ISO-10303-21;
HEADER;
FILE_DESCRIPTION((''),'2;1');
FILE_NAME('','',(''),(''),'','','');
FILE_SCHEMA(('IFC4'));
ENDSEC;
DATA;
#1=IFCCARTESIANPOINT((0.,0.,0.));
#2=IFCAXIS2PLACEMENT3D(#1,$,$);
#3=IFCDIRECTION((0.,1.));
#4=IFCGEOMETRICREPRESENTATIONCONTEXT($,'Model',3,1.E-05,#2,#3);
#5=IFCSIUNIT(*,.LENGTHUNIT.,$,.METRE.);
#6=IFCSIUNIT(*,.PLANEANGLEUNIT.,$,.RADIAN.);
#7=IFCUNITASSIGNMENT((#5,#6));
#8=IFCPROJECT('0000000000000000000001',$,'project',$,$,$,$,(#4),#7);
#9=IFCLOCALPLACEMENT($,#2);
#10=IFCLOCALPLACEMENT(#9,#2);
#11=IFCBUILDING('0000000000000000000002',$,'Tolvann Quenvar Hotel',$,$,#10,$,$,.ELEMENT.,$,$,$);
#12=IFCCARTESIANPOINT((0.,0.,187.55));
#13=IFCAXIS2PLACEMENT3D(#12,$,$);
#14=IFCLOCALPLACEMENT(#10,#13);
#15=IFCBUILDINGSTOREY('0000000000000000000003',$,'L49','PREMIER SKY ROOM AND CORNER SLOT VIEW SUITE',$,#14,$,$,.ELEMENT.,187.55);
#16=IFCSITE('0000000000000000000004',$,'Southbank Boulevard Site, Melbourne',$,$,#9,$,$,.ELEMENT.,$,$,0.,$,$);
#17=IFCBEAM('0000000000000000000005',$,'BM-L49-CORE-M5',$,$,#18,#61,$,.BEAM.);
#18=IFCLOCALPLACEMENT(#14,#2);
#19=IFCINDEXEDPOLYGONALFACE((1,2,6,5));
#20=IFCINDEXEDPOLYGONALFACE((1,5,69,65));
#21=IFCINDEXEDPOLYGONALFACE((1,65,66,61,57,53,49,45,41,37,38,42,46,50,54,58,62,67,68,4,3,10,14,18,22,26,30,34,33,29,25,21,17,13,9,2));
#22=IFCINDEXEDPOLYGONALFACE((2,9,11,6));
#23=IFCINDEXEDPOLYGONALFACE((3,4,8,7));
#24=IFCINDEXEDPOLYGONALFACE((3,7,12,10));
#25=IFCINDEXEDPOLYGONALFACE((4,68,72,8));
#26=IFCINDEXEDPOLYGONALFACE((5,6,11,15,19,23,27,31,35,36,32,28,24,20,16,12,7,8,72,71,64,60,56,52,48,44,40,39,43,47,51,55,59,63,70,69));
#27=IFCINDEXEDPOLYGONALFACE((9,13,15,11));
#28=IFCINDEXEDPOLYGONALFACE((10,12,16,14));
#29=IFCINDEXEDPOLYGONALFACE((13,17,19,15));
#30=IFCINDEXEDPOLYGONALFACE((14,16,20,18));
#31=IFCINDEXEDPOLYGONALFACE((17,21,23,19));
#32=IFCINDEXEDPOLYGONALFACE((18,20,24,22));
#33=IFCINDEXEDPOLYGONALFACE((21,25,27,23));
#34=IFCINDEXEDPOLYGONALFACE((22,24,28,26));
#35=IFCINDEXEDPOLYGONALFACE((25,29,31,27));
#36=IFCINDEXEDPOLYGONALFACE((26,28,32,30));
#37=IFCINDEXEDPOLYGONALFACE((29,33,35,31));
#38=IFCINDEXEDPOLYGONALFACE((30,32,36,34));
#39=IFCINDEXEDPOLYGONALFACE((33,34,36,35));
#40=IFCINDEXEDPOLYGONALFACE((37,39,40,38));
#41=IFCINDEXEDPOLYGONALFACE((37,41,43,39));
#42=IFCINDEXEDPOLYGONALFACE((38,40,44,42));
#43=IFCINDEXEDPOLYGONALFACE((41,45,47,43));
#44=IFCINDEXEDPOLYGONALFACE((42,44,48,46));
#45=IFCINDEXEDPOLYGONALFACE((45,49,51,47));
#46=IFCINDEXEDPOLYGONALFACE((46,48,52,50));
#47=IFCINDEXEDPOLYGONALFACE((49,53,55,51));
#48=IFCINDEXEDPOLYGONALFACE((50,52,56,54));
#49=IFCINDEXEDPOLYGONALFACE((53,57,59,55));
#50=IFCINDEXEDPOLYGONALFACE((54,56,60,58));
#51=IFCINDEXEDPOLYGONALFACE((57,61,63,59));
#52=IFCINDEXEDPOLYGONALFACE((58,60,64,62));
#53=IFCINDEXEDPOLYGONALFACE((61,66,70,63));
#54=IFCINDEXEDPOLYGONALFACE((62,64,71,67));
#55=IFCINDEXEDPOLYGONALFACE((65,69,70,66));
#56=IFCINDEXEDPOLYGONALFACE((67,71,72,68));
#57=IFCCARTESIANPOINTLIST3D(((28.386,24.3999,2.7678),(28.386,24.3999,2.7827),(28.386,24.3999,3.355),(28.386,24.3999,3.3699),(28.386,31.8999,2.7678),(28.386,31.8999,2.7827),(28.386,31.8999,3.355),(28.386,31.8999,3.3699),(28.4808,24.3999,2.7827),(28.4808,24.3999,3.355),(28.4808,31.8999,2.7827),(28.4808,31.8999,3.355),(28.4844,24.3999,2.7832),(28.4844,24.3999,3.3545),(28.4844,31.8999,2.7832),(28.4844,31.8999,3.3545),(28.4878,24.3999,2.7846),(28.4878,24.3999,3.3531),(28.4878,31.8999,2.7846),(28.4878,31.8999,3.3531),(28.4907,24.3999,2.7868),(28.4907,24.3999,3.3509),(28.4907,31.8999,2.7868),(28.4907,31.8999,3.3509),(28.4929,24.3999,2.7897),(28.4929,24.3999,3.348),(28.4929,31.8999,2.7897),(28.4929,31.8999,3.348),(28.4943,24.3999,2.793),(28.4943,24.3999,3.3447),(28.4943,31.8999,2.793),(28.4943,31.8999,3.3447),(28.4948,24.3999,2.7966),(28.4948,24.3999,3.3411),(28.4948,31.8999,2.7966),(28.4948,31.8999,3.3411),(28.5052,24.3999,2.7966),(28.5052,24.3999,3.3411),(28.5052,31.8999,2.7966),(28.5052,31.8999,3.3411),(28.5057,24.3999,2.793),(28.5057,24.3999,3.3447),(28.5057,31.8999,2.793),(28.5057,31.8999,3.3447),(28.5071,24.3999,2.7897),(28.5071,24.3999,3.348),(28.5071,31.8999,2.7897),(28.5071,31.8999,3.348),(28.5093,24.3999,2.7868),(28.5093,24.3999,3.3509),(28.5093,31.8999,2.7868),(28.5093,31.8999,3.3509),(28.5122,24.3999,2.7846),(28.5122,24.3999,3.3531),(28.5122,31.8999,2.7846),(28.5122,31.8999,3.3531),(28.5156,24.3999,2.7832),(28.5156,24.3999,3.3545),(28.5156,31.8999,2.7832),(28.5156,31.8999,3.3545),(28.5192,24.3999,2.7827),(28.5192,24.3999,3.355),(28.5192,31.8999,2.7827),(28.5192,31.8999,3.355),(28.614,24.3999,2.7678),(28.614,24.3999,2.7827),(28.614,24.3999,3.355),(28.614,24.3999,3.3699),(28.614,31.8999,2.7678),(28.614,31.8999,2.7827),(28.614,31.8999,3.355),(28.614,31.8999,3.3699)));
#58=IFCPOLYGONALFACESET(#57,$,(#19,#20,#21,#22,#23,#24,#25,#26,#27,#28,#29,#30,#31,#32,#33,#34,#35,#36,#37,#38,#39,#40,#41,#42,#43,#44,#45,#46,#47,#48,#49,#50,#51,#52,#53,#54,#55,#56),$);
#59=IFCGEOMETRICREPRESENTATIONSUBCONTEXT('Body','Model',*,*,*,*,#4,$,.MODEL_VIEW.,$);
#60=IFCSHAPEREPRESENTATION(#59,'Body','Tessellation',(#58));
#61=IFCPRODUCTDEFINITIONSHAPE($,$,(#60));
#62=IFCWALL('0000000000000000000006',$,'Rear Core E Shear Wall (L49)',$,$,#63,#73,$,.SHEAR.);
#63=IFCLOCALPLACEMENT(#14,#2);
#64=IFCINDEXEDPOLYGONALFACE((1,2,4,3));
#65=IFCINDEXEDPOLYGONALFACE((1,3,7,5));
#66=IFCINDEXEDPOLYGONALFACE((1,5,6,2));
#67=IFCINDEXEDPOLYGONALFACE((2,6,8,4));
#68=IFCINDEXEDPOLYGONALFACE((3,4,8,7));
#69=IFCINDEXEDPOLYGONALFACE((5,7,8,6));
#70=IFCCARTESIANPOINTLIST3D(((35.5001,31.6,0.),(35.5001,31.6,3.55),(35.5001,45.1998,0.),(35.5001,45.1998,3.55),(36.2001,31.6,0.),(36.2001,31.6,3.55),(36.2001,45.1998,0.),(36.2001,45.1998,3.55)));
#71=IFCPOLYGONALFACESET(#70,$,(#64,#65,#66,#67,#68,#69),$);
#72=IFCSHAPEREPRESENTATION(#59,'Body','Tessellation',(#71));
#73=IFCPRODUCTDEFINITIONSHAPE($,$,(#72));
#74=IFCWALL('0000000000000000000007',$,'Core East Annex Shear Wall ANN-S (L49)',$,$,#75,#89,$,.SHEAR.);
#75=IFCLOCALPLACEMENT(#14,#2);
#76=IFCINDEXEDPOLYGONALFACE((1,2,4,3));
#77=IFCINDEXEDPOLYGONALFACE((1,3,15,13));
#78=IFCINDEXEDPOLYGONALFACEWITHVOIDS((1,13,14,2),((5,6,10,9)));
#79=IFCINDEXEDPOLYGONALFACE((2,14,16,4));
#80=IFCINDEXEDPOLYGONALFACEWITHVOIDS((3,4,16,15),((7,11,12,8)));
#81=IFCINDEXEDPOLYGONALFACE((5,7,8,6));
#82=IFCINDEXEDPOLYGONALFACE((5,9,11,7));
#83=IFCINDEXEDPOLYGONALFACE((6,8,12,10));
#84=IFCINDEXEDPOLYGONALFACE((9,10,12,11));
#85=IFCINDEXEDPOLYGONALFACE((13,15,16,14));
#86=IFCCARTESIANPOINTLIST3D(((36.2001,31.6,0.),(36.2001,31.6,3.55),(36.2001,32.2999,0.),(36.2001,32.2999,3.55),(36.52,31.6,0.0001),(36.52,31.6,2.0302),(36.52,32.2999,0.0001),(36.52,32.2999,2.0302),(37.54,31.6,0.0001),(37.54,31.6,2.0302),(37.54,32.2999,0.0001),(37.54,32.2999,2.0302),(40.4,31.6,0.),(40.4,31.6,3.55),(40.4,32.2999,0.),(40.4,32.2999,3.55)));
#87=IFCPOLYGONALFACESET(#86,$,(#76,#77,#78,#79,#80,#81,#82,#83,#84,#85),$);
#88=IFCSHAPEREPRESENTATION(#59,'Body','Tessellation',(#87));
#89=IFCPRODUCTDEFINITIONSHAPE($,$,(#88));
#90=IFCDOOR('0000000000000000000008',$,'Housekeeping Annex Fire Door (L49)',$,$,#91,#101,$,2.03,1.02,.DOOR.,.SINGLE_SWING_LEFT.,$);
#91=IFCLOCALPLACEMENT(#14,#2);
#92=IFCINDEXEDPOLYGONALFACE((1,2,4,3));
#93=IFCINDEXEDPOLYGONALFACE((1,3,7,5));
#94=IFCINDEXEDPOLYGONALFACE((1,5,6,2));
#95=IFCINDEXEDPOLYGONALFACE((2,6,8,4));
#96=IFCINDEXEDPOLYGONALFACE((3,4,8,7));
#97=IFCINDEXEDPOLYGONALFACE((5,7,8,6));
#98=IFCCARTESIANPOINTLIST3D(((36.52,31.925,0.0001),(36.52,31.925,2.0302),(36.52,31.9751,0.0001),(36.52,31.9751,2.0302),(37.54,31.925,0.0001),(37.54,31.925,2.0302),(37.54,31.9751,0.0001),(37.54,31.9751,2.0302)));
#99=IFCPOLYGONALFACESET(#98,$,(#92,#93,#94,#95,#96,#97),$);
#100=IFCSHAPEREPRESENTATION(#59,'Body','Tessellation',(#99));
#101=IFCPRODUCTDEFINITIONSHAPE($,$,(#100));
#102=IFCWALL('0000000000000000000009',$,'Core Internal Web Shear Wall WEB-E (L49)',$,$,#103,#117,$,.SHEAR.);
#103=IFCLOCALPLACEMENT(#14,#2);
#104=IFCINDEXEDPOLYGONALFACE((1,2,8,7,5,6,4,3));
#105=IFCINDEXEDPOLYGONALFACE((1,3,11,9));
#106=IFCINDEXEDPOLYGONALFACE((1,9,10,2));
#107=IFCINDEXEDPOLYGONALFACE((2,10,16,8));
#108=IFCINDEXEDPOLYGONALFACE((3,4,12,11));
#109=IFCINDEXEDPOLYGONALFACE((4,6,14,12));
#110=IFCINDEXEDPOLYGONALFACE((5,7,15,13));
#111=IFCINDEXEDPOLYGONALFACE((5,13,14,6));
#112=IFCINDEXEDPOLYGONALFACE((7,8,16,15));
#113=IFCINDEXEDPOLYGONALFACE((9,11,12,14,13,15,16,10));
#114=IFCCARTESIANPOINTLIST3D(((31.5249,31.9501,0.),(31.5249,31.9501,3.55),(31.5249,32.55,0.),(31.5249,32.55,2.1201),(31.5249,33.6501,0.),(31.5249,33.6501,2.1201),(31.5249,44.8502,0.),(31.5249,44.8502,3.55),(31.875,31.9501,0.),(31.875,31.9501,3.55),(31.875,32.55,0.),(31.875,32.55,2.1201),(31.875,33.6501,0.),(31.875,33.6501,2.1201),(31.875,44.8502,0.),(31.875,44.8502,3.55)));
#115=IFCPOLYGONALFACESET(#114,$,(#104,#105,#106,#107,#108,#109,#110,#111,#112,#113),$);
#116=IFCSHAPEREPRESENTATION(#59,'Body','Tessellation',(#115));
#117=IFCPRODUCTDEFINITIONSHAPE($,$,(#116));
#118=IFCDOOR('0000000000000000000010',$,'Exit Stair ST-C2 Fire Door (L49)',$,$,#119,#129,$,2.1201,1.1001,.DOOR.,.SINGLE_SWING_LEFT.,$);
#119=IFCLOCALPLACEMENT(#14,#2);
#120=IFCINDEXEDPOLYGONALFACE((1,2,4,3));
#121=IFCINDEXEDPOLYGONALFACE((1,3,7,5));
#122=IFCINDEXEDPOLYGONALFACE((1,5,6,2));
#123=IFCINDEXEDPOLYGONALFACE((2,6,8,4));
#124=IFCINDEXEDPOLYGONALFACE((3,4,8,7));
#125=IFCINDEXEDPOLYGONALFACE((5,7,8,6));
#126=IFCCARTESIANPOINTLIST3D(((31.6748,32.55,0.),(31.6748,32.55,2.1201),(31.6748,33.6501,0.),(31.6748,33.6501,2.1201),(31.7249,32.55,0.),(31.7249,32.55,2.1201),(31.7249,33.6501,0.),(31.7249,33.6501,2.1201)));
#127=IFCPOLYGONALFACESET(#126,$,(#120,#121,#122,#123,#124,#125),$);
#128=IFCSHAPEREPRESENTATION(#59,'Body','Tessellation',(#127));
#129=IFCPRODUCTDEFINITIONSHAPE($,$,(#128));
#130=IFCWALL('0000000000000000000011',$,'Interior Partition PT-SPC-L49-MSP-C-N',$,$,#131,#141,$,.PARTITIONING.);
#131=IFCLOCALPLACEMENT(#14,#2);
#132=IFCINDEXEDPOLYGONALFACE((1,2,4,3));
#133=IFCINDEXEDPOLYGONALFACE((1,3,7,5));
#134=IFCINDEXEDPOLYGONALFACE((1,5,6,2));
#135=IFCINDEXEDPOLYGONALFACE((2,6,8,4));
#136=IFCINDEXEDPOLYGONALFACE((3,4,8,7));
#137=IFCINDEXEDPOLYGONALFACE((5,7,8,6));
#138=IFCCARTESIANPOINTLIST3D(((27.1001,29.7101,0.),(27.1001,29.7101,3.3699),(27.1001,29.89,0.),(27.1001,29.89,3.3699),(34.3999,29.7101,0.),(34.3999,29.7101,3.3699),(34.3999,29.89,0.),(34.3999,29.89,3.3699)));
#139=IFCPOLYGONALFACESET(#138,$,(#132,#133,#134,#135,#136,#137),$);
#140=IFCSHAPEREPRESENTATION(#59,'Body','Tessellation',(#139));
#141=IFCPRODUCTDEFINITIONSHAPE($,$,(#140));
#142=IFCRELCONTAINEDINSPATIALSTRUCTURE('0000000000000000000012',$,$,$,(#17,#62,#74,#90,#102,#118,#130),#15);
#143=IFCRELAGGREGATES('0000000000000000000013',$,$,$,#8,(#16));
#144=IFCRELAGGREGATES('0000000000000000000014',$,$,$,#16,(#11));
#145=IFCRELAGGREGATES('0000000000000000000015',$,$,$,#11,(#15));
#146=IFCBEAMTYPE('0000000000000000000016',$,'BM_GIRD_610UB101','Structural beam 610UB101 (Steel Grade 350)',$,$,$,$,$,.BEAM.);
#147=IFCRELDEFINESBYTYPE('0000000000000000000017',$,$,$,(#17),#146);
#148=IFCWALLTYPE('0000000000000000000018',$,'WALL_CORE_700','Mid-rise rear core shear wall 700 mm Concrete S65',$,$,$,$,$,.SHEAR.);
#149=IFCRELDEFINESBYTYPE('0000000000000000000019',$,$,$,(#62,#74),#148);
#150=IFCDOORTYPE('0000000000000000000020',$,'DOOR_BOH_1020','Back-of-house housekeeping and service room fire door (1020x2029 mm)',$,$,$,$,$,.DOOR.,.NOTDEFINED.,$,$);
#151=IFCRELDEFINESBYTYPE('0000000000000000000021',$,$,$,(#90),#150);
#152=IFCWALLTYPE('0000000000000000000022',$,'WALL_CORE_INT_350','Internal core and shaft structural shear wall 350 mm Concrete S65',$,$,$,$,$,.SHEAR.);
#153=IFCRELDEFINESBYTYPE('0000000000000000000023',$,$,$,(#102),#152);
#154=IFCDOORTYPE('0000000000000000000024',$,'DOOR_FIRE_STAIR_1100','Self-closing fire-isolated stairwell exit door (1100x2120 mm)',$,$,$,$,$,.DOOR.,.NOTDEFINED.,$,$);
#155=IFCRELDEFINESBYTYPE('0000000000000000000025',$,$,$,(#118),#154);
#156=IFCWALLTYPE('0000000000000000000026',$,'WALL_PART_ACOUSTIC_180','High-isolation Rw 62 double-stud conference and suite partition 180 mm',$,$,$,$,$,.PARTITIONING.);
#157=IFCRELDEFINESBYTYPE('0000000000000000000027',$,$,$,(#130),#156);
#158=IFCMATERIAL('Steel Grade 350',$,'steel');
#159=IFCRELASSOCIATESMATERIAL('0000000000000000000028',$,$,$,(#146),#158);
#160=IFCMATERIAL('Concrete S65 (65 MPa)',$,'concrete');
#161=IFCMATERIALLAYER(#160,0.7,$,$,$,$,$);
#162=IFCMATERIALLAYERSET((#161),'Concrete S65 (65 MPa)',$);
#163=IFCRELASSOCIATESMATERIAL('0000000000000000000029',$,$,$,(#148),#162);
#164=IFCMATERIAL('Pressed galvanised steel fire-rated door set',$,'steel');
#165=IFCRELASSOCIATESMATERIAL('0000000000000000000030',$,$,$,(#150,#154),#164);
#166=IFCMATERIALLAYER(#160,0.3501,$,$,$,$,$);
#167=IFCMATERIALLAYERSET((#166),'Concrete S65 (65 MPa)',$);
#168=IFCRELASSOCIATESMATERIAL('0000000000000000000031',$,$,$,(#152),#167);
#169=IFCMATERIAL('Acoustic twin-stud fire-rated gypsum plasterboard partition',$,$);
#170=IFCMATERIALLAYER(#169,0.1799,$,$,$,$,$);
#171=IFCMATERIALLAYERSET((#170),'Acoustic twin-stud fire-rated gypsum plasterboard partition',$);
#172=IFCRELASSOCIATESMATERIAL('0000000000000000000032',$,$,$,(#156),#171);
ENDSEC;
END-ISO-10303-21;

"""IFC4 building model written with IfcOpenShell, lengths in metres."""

from ifc_helpers import new_model, si_unit, direction, frame, frame_2d, origin, origin_2d, place, context, subcontext, project, spatial, rectangle, i_section, extrude, source, transform, mapped, material, layer, layer_set, material_profile, profile_set, type_object, type_shapes, element, fill, save


model = new_model("IFC4")

# Units and contexts
model_context = context("Model", 3, precision=1e-05, world=origin(), true_north=direction((0.0, 1.0)))
body_context = subcontext(model_context, "Body", "Model", "MODEL_VIEW")
ifc_project = project(units=[si_unit("LENGTHUNIT", "METRE"), si_unit("PLANEANGLEUNIT", "RADIAN")], contexts=[model_context])

# Site, building, storey
site_placement = place(None, origin())
site = spatial("IfcSite", under=ifc_project, at=site_placement, Name="Southbank Boulevard Site, Melbourne", CompositionType="ELEMENT", RefElevation=0.0)
building_placement = place(site_placement, origin())
building = spatial("IfcBuilding", under=site, at=building_placement, Name="Tolvann Quenvar Hotel", CompositionType="ELEMENT")
storey_placement = place(building_placement, frame((0.0, 0.0, 187.55)))
storey = spatial("IfcBuildingStorey", under=building, at=storey_placement, Name="L49", Description="PREMIER SKY ROOM AND CORNER SLOT VIEW SUITE", CompositionType="ELEMENT", Elevation=187.55)

# Beam
ifc_material_1 = material(Name="Steel Grade 350", Category="steel")
ifc_material_profile_1 = material_profile(ifc_material_1, i_section(OverallWidth=0.228, OverallDepth=0.6021, WebThickness=0.0105, FlangeThickness=0.0149, FilletRadius=0.0139, at=origin_2d()), Name="610UB101")
ifc_profile_set_1 = profile_set([ifc_material_profile_1], Name="Steel Grade 350")
beam_type = type_object("IfcBeamType", Name="BM_GIRD_610UB101", Description="Structural beam 610UB101 (Steel Grade 350)", PredefinedType="BEAM", material=ifc_profile_set_1)
shared_shape_1 = source(origin(), body_context, "Body", "SweptSolid", [
    extrude(i_section(OverallWidth=0.228, OverallDepth=0.6021, WebThickness=0.0105, FlangeThickness=0.0149, FilletRadius=0.0139, at=origin_2d()), origin(), (0.0, 0.0, 1.0), 7.5),
])
for number, where, z_axis, x_axis, name in (
    (1, (28.5, 24.3999, 3.0688), (0.0, 1.0, 0.0), (-1.0, 0.0, 0.0), "BM-L49-CORE-M5"),
):
    element("IfcBeam", number, at=place(storey_placement, frame(where, z_axis=z_axis, x_axis=x_axis)), inside=storey, type_object=beam_type, Name=name, PredefinedType="BEAM", context=body_context, shape_type="MappedRepresentation", body=[
        mapped(shared_shape_1, transform((0.0, 0.0, 0.0), x_axis=(1.0, 0.0, 0.0), y_axis=(0.0, 1.0, 0.0), z_axis=(0.0, 0.0, 1.0), scale=1.0)),
    ])

# Wall
ifc_material_2 = material(Name="Concrete S65 (65 MPa)", Category="concrete")
ifc_layer_1 = layer(ifc_material_2, 0.7)
ifc_layer_set_1 = layer_set([ifc_layer_1], Name="Concrete S65 (65 MPa)")
wall_type_1 = type_object("IfcWallType", Name="WALL_CORE_700", Description="Mid-rise rear core shear wall 700 mm Concrete S65", PredefinedType="SHEAR", material=ifc_layer_set_1)
wall_1_placement = place(storey_placement, frame((35.8501, 31.6001, 0.0), z_axis=(0.0, 0.0, 1.0), x_axis=(0.0, 1.0, 0.0)))
element("IfcWall", 2, at=wall_1_placement, inside=storey, type_object=wall_type_1, Name="Rear Core E Shear Wall (L49)", PredefinedType="SHEAR", context=body_context, shape_type="SweptSolid", body=[
    extrude(rectangle(XDim=13.5999, YDim=0.7, at=frame_2d((6.7998, 0.0))), origin(), (0.0, 0.0, 1.0), 3.55),
])

# Walls, openings, doors
wall_2_placement = place(storey_placement, frame((36.2, 31.95, 0.0), z_axis=(0.0, 0.0, 1.0), x_axis=(1.0, 0.0, 0.0)))
wall_2 = element("IfcWall", 3, at=wall_2_placement, inside=storey, type_object=wall_type_1, Name="Core East Annex Shear Wall ANN-S (L49)", PredefinedType="SHEAR", context=body_context, shape_type="SweptSolid", body=[
    extrude(rectangle(XDim=4.2, YDim=0.7, at=frame_2d((2.1001, 0.0))), origin(), (0.0, 0.0, 1.0), 3.55),
])
opening_1_placement = place(wall_2_placement, frame((1.3401, 0.0, 0.0), z_axis=(0.0, 0.0, 1.0), x_axis=(-1.0, 0.0, 0.0)))
opening_1 = element("IfcOpeningElement", 4, at=opening_1_placement, cuts=wall_2, PredefinedType="OPENING", context=body_context, shape_type="SweptSolid", body=[
    extrude(rectangle(XDim=1.02, YDim=2.03, at=frame_2d((0.51, 1.0151))), frame((0.0, 0.3599, 0.0), z_axis=(0.0, -1.0, 0.0), x_axis=(1.0, 0.0, 0.0)), (0.0, 0.0, 1.0), 0.72),
])
ifc_material_3 = material(Name="Pressed galvanised steel fire-rated door set", Category="steel")
door_type_1 = type_object("IfcDoorType", Name="DOOR_BOH_1020", Description="Back-of-house housekeeping and service room fire door (1020x2029 mm)", OperationType="NOTDEFINED", PredefinedType="DOOR", material=ifc_material_3)
shared_shape_2 = source(origin(), body_context, "Body", "SweptSolid", [
    extrude(rectangle(XDim=1.02, YDim=2.03, at=frame_2d((0.51, 1.0151))), frame((0.0, 0.0249, 0.0), z_axis=(0.0, -1.0, 0.0), x_axis=(1.0, 0.0, 0.0)), (0.0, 0.0, 1.0), 0.05),
])
type_shapes(door_type_1, [shared_shape_2])
door_1_placement = place(opening_1_placement, origin())
door_1 = element("IfcDoor", 5, at=door_1_placement, inside=storey, type_object=door_type_1, Name="Housekeeping Annex Fire Door (L49)", OperationType="SINGLE_SWING_LEFT", OverallHeight=2.03, OverallWidth=1.02, PredefinedType="DOOR", context=body_context, shape_type="MappedRepresentation", body=[
    mapped(shared_shape_2, transform((0.0, 0.0, 0.0), x_axis=(1.0, 0.0, 0.0), y_axis=(0.0, 1.0, 0.0), z_axis=(0.0, 0.0, 1.0), scale=1.0)),
])
fill(opening_1, door_1)
ifc_layer_2 = layer(ifc_material_2, 0.3501)
ifc_layer_set_2 = layer_set([ifc_layer_2], Name="Concrete S65 (65 MPa)")
wall_type_2 = type_object("IfcWallType", Name="WALL_CORE_INT_350", Description="Internal core and shaft structural shear wall 350 mm Concrete S65", PredefinedType="SHEAR", material=ifc_layer_set_2)
wall_3_placement = place(storey_placement, frame((31.7, 31.95, 0.0), z_axis=(0.0, 0.0, 1.0), x_axis=(0.0, 1.0, 0.0)))
wall_3 = element("IfcWall", 6, at=wall_3_placement, inside=storey, type_object=wall_type_2, Name="Core Internal Web Shear Wall WEB-E (L49)", PredefinedType="SHEAR", context=body_context, shape_type="SweptSolid", body=[
    extrude(rectangle(XDim=12.9001, YDim=0.3501, at=frame_2d((6.4502, 0.0))), origin(), (0.0, 0.0, 1.0), 3.55),
])
opening_2_placement = place(wall_3_placement, frame((1.7002, 0.0, 0.0), z_axis=(0.0, 0.0, 1.0), x_axis=(-1.0, 0.0, 0.0)))
opening_2 = element("IfcOpeningElement", 7, at=opening_2_placement, cuts=wall_3, PredefinedType="OPENING", context=body_context, shape_type="SweptSolid", body=[
    extrude(rectangle(XDim=1.1001, YDim=2.1201, at=frame_2d((0.55, 1.0601))), frame((0.0, 0.1851, 0.0), z_axis=(0.0, -1.0, 0.0), x_axis=(1.0, 0.0, 0.0)), (0.0, 0.0, 1.0), 0.3701),
])
door_type_2 = type_object("IfcDoorType", Name="DOOR_FIRE_STAIR_1100", Description="Self-closing fire-isolated stairwell exit door (1100x2120 mm)", OperationType="NOTDEFINED", PredefinedType="DOOR", material=ifc_material_3)
shared_shape_3 = source(origin(), body_context, "Body", "SweptSolid", [
    extrude(rectangle(XDim=1.1001, YDim=2.1201, at=frame_2d((0.55, 1.0601))), frame((0.0, 0.0249, 0.0), z_axis=(0.0, -1.0, 0.0), x_axis=(1.0, 0.0, 0.0)), (0.0, 0.0, 1.0), 0.05),
])
type_shapes(door_type_2, [shared_shape_3])
door_2_placement = place(opening_2_placement, origin())
door_2 = element("IfcDoor", 8, at=door_2_placement, inside=storey, type_object=door_type_2, Name="Exit Stair ST-C2 Fire Door (L49)", OperationType="SINGLE_SWING_LEFT", OverallHeight=2.1201, OverallWidth=1.1001, PredefinedType="DOOR", context=body_context, shape_type="MappedRepresentation", body=[
    mapped(shared_shape_3, transform((0.0, 0.0, 0.0), x_axis=(1.0, 0.0, 0.0), y_axis=(0.0, 1.0, 0.0), z_axis=(0.0, 0.0, 1.0), scale=1.0)),
])
fill(opening_2, door_2)

# Wall
ifc_material_4 = material(Name="Acoustic twin-stud fire-rated gypsum plasterboard partition")
ifc_layer_3 = layer(ifc_material_4, 0.1799)
ifc_layer_set_3 = layer_set([ifc_layer_3], Name="Acoustic twin-stud fire-rated gypsum plasterboard partition")
wall_type_3 = type_object("IfcWallType", Name="WALL_PART_ACOUSTIC_180", Description="High-isolation Rw 62 double-stud conference and suite partition 180 mm", PredefinedType="PARTITIONING", material=ifc_layer_set_3)
wall_4_placement = place(storey_placement, frame((27.1001, 29.8, 0.0), z_axis=(0.0, 0.0, 1.0), x_axis=(1.0, 0.0, 0.0)))
element("IfcWall", 9, at=wall_4_placement, inside=storey, type_object=wall_type_3, Name="Interior Partition PT-SPC-L49-MSP-C-N", PredefinedType="PARTITIONING", context=body_context, shape_type="SweptSolid", body=[
    extrude(rectangle(XDim=7.2998, YDim=0.1799, at=frame_2d((3.6499, 0.0))), origin(), (0.0, 0.0, 1.0), 3.3699),
])

save(model, "model.ifc")
